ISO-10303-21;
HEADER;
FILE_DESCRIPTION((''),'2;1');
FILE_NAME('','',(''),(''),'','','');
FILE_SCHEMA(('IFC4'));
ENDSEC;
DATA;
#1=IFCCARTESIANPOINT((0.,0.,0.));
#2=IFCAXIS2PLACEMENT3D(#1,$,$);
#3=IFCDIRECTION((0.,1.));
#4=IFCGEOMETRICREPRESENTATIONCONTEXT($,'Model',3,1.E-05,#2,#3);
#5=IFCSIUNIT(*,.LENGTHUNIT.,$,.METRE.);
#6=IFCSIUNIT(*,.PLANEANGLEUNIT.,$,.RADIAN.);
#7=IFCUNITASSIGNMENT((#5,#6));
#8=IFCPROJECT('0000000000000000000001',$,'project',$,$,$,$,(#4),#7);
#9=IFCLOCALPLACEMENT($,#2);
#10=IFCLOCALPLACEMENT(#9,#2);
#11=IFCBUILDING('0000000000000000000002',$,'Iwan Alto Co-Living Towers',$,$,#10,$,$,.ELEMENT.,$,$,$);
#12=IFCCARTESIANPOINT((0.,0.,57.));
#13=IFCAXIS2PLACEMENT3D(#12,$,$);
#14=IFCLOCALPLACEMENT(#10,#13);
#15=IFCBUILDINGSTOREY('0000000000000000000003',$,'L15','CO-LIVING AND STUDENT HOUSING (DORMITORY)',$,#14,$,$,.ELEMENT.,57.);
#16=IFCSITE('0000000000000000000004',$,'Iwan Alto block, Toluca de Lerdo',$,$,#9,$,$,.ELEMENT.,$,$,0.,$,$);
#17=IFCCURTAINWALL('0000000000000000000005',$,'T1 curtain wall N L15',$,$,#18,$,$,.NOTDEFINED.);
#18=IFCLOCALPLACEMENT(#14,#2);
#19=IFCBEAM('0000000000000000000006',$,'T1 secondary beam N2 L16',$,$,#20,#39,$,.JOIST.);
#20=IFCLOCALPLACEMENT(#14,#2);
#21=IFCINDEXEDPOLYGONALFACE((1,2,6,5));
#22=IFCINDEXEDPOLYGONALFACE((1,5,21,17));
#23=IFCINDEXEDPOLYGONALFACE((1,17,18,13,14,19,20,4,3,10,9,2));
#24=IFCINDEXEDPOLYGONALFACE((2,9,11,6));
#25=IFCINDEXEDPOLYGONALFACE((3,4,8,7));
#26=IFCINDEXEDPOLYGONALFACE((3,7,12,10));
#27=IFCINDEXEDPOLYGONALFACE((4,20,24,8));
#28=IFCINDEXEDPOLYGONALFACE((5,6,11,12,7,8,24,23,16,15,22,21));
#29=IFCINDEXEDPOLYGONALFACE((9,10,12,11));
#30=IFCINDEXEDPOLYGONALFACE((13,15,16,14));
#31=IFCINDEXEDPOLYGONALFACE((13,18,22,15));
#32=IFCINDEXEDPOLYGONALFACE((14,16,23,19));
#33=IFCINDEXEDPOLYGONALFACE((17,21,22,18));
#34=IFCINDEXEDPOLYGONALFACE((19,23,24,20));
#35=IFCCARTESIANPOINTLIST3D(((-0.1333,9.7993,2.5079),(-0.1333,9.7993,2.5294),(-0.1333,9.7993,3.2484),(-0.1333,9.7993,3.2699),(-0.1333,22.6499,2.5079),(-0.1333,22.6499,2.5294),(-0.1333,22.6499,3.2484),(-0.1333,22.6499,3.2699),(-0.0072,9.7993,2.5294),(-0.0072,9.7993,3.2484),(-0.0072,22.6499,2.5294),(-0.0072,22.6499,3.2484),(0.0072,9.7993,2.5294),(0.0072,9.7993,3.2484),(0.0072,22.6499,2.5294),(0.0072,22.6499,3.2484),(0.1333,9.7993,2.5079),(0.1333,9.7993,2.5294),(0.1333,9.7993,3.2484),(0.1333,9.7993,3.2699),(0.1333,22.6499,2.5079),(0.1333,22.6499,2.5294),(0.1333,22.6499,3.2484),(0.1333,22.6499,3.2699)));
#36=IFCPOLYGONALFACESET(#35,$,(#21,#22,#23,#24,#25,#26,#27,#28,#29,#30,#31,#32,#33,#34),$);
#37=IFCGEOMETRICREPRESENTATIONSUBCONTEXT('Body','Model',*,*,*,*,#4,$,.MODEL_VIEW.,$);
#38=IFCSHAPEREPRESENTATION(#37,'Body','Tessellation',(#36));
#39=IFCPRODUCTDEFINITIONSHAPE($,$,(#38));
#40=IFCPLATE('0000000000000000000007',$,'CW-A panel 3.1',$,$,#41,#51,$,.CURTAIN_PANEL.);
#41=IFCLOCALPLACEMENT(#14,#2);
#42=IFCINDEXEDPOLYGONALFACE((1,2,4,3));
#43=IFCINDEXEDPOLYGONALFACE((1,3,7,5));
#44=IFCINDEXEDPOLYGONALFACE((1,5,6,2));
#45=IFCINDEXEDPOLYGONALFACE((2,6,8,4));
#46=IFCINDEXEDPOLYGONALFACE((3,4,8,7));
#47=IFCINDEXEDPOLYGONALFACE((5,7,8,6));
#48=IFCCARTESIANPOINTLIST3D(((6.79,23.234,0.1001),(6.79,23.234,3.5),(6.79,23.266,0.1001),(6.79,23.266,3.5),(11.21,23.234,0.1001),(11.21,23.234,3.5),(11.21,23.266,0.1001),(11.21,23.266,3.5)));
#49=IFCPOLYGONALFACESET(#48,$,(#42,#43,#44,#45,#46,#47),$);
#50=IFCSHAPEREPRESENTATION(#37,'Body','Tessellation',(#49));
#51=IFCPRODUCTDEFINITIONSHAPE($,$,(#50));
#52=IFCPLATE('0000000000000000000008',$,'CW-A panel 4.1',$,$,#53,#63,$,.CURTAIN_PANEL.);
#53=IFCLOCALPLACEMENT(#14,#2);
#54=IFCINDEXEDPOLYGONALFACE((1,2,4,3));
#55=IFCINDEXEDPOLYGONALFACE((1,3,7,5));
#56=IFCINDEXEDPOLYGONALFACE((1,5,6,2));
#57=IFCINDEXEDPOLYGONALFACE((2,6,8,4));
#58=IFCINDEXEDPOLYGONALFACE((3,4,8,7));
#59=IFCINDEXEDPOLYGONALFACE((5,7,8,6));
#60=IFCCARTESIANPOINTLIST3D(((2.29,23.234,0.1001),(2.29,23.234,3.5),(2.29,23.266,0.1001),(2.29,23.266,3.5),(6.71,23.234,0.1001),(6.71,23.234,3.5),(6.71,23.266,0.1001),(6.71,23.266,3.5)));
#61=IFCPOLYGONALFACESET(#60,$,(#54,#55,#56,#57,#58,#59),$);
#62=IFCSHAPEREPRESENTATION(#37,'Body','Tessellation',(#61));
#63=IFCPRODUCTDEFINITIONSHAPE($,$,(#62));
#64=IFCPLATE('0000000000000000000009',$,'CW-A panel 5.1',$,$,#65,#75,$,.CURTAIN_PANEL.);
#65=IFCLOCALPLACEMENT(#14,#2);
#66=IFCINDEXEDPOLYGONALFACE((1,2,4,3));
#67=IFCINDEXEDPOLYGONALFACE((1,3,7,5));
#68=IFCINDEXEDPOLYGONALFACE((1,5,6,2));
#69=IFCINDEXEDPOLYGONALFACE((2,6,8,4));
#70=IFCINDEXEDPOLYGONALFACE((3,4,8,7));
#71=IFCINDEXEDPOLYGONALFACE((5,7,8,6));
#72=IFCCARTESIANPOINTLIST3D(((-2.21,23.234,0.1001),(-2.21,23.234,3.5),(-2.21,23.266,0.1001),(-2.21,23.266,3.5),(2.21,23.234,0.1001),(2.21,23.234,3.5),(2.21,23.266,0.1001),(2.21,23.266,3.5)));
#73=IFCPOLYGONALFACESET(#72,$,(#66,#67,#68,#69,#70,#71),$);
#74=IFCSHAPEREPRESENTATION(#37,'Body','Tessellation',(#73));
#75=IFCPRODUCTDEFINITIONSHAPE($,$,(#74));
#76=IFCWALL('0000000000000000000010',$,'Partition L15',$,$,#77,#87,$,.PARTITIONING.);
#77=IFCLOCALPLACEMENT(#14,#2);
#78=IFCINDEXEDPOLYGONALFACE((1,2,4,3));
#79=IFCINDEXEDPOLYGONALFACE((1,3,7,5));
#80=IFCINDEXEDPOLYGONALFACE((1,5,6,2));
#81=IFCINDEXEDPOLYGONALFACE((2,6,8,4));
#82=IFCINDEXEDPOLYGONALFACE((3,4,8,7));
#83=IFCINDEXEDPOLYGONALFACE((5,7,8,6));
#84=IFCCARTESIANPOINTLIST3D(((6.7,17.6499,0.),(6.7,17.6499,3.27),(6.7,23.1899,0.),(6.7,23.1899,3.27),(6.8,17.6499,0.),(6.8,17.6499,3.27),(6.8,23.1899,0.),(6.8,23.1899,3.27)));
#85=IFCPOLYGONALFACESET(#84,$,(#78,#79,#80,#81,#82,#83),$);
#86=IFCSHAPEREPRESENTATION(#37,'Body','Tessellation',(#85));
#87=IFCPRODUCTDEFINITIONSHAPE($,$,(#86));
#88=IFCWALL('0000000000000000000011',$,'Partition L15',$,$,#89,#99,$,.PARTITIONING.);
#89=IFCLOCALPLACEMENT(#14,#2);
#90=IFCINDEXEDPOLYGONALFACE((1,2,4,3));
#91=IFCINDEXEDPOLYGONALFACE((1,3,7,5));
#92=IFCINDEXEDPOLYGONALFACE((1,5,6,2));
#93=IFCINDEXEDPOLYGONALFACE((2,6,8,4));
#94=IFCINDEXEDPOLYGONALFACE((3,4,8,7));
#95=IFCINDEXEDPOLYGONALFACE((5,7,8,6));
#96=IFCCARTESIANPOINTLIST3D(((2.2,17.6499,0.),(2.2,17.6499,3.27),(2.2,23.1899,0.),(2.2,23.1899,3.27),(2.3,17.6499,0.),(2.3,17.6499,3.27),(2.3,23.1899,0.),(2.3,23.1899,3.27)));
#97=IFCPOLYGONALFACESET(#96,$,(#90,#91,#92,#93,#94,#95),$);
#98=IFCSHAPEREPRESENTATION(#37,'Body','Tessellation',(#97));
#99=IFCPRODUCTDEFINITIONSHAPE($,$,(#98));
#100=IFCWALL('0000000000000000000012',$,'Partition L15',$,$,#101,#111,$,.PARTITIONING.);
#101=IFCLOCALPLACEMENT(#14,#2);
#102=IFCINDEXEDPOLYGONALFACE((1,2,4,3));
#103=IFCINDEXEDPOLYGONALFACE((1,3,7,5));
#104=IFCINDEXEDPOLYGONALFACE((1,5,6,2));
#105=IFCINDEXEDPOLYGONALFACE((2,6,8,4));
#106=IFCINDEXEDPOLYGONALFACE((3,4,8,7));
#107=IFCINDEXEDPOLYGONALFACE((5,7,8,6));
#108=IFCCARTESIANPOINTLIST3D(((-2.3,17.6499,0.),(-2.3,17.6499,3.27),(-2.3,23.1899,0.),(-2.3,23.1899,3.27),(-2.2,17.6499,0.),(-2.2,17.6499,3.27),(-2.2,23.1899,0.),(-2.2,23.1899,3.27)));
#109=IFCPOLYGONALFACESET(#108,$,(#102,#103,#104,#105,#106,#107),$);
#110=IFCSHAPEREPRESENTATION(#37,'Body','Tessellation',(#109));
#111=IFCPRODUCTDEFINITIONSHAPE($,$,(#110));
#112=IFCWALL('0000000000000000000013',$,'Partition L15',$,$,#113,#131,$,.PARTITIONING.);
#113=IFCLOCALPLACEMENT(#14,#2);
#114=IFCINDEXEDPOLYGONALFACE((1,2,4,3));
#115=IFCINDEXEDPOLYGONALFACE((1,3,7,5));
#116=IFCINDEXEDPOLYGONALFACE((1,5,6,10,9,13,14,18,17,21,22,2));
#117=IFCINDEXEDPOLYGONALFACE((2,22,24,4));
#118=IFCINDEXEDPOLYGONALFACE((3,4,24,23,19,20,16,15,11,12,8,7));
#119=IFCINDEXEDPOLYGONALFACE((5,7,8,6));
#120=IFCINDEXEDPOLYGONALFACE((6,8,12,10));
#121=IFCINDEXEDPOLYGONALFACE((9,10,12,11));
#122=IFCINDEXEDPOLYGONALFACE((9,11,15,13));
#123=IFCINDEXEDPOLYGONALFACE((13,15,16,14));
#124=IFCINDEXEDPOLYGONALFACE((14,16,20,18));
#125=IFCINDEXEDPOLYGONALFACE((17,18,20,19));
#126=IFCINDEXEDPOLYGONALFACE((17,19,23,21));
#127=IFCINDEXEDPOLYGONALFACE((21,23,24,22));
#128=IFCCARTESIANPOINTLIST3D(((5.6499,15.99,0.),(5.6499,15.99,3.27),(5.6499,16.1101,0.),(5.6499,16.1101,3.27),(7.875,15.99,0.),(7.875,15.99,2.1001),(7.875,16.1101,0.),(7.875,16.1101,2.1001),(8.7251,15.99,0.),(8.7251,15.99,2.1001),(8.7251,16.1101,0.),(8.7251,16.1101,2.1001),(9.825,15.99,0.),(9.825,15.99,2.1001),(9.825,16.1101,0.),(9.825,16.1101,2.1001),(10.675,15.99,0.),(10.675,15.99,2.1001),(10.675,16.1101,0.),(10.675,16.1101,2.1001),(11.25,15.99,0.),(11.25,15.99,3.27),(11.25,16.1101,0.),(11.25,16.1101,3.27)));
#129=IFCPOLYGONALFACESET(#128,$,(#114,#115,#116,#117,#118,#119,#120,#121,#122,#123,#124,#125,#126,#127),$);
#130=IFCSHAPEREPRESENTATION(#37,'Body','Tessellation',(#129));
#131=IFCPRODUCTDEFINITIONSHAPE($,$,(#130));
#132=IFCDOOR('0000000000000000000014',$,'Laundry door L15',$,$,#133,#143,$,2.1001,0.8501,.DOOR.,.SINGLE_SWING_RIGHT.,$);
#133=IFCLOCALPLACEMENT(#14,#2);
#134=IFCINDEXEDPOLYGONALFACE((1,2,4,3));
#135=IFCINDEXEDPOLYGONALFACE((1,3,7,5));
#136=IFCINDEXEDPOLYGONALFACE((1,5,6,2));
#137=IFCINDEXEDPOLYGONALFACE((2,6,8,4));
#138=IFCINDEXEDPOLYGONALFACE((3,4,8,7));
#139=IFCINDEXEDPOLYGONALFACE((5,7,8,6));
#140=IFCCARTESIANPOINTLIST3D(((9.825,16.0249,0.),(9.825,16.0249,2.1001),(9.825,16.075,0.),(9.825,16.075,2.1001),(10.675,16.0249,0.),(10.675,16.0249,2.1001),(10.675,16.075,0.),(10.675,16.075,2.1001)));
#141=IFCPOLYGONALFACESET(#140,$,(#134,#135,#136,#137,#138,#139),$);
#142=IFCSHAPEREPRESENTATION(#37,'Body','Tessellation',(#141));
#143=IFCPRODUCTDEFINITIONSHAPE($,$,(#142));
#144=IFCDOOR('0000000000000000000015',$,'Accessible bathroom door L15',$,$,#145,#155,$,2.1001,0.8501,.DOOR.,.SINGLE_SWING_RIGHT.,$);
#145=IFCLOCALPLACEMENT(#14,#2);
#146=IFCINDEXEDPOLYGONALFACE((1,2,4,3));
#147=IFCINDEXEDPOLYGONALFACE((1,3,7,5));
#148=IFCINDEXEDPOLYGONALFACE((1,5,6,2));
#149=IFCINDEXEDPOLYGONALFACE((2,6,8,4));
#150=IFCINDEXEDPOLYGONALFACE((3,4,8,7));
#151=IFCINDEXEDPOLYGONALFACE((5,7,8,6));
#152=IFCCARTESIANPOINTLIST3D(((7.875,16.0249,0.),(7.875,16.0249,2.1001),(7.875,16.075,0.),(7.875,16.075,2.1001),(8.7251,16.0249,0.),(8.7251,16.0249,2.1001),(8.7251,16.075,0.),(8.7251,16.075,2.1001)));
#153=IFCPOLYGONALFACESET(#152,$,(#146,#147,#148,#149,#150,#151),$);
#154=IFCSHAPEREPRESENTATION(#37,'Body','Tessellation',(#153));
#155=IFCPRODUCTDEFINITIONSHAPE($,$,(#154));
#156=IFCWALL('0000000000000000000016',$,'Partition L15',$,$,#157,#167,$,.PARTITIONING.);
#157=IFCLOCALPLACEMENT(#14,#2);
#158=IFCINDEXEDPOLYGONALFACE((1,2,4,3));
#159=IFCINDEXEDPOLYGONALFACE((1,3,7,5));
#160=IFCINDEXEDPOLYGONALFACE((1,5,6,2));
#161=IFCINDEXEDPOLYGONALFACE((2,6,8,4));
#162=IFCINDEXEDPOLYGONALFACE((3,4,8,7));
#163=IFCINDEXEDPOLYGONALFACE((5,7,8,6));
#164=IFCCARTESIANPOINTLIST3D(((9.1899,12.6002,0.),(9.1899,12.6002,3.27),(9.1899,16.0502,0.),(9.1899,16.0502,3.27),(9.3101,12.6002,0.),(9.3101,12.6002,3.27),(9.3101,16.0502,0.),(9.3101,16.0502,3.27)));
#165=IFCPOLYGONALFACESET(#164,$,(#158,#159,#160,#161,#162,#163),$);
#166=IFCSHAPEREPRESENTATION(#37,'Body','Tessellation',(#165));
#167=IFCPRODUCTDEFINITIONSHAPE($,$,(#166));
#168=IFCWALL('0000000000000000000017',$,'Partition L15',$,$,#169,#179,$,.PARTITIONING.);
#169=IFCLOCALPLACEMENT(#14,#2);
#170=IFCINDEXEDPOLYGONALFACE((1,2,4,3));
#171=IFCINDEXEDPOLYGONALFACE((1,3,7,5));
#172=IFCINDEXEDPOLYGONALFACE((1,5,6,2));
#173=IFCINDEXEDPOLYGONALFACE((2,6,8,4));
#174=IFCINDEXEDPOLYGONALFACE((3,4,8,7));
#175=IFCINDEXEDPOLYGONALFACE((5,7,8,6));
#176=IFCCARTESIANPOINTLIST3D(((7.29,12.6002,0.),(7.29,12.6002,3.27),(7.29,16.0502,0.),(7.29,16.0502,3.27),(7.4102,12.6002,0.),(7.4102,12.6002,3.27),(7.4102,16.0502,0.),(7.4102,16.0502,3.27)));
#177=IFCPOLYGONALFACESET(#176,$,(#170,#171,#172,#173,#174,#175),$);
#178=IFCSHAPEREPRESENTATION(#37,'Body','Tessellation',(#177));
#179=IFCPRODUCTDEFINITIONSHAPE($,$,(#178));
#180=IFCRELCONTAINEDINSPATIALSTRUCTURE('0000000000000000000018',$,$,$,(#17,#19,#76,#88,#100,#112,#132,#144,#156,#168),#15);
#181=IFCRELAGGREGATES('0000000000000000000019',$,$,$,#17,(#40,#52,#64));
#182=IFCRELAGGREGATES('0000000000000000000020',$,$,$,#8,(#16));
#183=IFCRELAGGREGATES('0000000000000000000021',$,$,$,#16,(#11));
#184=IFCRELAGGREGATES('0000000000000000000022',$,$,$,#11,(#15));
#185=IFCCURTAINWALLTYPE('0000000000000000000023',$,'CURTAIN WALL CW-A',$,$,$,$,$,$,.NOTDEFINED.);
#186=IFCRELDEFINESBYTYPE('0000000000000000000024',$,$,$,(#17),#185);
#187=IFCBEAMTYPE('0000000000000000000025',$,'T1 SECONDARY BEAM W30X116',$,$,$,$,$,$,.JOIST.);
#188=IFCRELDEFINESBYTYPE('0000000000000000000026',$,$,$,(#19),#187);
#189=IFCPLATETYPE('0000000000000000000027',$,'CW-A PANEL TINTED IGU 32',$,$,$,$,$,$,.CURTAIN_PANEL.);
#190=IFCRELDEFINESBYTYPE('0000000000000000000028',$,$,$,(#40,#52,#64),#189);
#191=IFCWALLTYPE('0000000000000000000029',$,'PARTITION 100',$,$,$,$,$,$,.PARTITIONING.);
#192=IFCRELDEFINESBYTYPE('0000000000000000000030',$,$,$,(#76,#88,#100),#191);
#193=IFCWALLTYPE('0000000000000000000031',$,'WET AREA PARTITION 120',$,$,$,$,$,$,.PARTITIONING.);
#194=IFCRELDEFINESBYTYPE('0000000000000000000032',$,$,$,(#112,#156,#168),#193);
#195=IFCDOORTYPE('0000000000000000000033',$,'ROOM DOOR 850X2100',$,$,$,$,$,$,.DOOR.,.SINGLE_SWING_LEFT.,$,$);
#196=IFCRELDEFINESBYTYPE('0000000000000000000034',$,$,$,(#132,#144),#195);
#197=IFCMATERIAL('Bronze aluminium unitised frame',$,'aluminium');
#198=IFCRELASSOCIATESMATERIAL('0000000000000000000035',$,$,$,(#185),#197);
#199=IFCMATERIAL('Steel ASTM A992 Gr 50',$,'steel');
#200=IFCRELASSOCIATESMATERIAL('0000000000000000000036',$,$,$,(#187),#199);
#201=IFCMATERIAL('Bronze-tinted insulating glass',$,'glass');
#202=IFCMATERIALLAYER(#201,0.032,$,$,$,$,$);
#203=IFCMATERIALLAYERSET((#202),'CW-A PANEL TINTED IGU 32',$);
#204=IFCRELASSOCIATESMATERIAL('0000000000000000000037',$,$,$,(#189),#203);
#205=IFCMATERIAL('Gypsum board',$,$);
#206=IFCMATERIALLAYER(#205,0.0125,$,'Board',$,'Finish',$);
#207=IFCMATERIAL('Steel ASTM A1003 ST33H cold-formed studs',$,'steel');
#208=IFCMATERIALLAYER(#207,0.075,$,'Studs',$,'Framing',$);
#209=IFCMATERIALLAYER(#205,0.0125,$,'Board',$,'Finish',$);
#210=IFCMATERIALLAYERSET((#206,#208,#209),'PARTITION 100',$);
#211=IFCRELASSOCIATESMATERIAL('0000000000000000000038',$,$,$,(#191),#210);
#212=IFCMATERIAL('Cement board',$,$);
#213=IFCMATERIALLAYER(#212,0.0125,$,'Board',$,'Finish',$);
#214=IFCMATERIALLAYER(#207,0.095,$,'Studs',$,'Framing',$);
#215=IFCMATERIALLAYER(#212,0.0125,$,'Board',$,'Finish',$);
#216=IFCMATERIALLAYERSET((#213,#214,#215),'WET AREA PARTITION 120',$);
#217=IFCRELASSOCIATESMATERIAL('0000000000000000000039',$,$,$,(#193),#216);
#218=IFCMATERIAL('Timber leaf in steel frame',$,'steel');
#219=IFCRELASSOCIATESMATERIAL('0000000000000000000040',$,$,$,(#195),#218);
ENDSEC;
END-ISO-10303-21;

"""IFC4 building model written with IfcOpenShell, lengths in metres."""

from ifc_helpers import new_model, si_unit, direction, frame, frame_2d, origin, origin_2d, place, context, subcontext, project, spatial, rectangle, i_section, extrude, material, layer, layer_set, material_profile, profile_set, type_object, element, fill, aggregate, save


model = new_model("IFC4")

# Units and contexts
model_context = context("Model", 3, precision=1e-05, world=origin(), true_north=direction((0.0, 1.0)))
body_context = subcontext(model_context, "Body", "Model", "MODEL_VIEW")
ifc_project = project(units=[si_unit("LENGTHUNIT", "METRE"), si_unit("PLANEANGLEUNIT", "RADIAN")], contexts=[model_context])

# Site, building, storey
site_placement = place(None, origin())
site = spatial("IfcSite", under=ifc_project, at=site_placement, Name="Iwan Alto block, Toluca de Lerdo", CompositionType="ELEMENT", RefElevation=0.0)
building_placement = place(site_placement, origin())
building = spatial("IfcBuilding", under=site, at=building_placement, Name="Iwan Alto Co-Living Towers", CompositionType="ELEMENT")
storey_placement = place(building_placement, frame((0.0, 0.0, 57.0)))
storey = spatial("IfcBuildingStorey", under=building, at=storey_placement, Name="L15", Description="CO-LIVING AND STUDENT HOUSING (DORMITORY)", CompositionType="ELEMENT", Elevation=57.0)

# Curtain wall
ifc_material_1 = material(Name="Bronze aluminium unitised frame", Category="aluminium")
curtain_wall_type = type_object("IfcCurtainWallType", Name="CURTAIN WALL CW-A", PredefinedType="NOTDEFINED", material=ifc_material_1)
curtain_wall_placement = place(storey_placement, origin())
curtain_wall = element("IfcCurtainWall", 1, at=curtain_wall_placement, inside=storey, type_object=curtain_wall_type, Name="T1 curtain wall N L15", PredefinedType="NOTDEFINED")

# Beam
ifc_material_2 = material(Name="Steel ASTM A992 Gr 50", Category="steel")
ifc_material_profile_1 = material_profile(ifc_material_2, i_section(OverallWidth=0.2666, OverallDepth=0.762, WebThickness=0.0144, FlangeThickness=0.0215, at=origin_2d()), Name="W30X116")
ifc_profile_set_1 = profile_set([ifc_material_profile_1], Name="Steel ASTM A992 Gr 50")
beam_type_1 = type_object("IfcBeamType", Name="T1 SECONDARY BEAM W30X116", PredefinedType="JOIST", material=ifc_profile_set_1)
for number, where, z_axis, x_axis, name in (
    (2, (0.0, 22.6499, 2.8889), (0.0, -1.0, 0.0), (1.0, 0.0, 0.0), "T1 secondary beam N2 L16"),
):
    element("IfcBeam", number, at=place(storey_placement, frame(where, z_axis=z_axis, x_axis=x_axis)), inside=storey, type_object=beam_type_1, Name=name, PredefinedType="JOIST", context=body_context, shape_type="SweptSolid", body=[
        extrude(i_section(OverallWidth=0.2666, OverallDepth=0.762, WebThickness=0.0144, FlangeThickness=0.0215, at=origin_2d()), origin(), (0.0, 0.0, 1.0), 12.8506),
    ])

# Plates
ifc_material_3 = material(Name="Bronze-tinted insulating glass", Category="glass")
ifc_layer_1 = layer(ifc_material_3, 0.032)
ifc_layer_set_1 = layer_set([ifc_layer_1], Name="CW-A PANEL TINTED IGU 32")
plate_type = type_object("IfcPlateType", Name="CW-A PANEL TINTED IGU 32", PredefinedType="CURTAIN_PANEL", material=ifc_layer_set_1)
plate_1_placement = place(storey_placement, frame((9.0, 23.25, 0.1001), z_axis=(0.0, 0.0, 1.0), x_axis=(-1.0, 0.0, 0.0)))
plate_1 = element("IfcPlate", 3, at=plate_1_placement, type_object=plate_type, Name="CW-A panel 3.1", PredefinedType="CURTAIN_PANEL", context=body_context, shape_type="SweptSolid", body=[
    extrude(rectangle(XDim=4.4199, YDim=0.032, at=origin_2d()), origin(), (0.0, 0.0, 1.0), 3.3999),
])
plate_2_placement = place(storey_placement, frame((4.5, 23.25, 0.1001), z_axis=(0.0, 0.0, 1.0), x_axis=(-1.0, 0.0, 0.0)))
plate_2 = element("IfcPlate", 4, at=plate_2_placement, type_object=plate_type, Name="CW-A panel 4.1", PredefinedType="CURTAIN_PANEL", context=body_context, shape_type="SweptSolid", body=[
    extrude(rectangle(XDim=4.4199, YDim=0.032, at=origin_2d()), origin(), (0.0, 0.0, 1.0), 3.3999),
])
plate_3_placement = place(storey_placement, frame((0.0, 23.25, 0.1001), z_axis=(0.0, 0.0, 1.0), x_axis=(-1.0, 0.0, 0.0)))
plate_3 = element("IfcPlate", 5, at=plate_3_placement, type_object=plate_type, Name="CW-A panel 5.1", PredefinedType="CURTAIN_PANEL", context=body_context, shape_type="SweptSolid", body=[
    extrude(rectangle(XDim=4.4199, YDim=0.032, at=origin_2d()), origin(), (0.0, 0.0, 1.0), 3.3999),
])
aggregate(curtain_wall, [plate_1, plate_2, plate_3])

# Walls
ifc_material_4 = material(Name="Gypsum board")
ifc_layer_2 = layer(ifc_material_4, 0.0125, Name="Board", Category="Finish")
ifc_material_5 = material(Name="Steel ASTM A1003 ST33H cold-formed studs", Category="steel")
ifc_layer_3 = layer(ifc_material_5, 0.075, Name="Studs", Category="Framing")
ifc_layer_4 = layer(ifc_material_4, 0.0125, Name="Board", Category="Finish")
ifc_layer_set_2 = layer_set([ifc_layer_2, ifc_layer_3, ifc_layer_4], Name="PARTITION 100")
wall_type_1 = type_object("IfcWallType", Name="PARTITION 100", PredefinedType="PARTITIONING", material=ifc_layer_set_2)
for number, where, z_axis, x_axis, name in (
    (6, (6.75, 17.6499, 0.0), (0.0, 0.0, 1.0), (0.0, 1.0, 0.0), "Partition L15"),
    (7, (2.25, 17.6499, 0.0), (0.0, 0.0, 1.0), (0.0, 1.0, 0.0), "Partition L15"),
    (8, (-2.25, 17.6499, 0.0), (0.0, 0.0, 1.0), (0.0, 1.0, 0.0), "Partition L15"),
):
    element("IfcWall", number, at=place(storey_placement, frame(where, z_axis=z_axis, x_axis=x_axis)), inside=storey, type_object=wall_type_1, Name=name, PredefinedType="PARTITIONING", context=body_context, shape_type="SweptSolid", body=[
        extrude(rectangle(XDim=5.54, YDim=0.1001, at=frame_2d((2.77, 0.0))), origin(), (0.0, 0.0, 1.0), 3.27),
    ])

# Wall, openings, doors
ifc_material_6 = material(Name="Cement board")
ifc_layer_5 = layer(ifc_material_6, 0.0125, Name="Board", Category="Finish")
ifc_layer_6 = layer(ifc_material_5, 0.095, Name="Studs", Category="Framing")
ifc_layer_7 = layer(ifc_material_6, 0.0125, Name="Board", Category="Finish")
ifc_layer_set_3 = layer_set([ifc_layer_5, ifc_layer_6, ifc_layer_7], Name="WET AREA PARTITION 120")
wall_type_2 = type_object("IfcWallType", Name="WET AREA PARTITION 120", PredefinedType="PARTITIONING", material=ifc_layer_set_3)
wall_1_placement = place(storey_placement, frame((5.6499, 16.05, 0.0), z_axis=(0.0, 0.0, 1.0), x_axis=(1.0, 0.0, 0.0)))
wall_1 = element("IfcWall", 9, at=wall_1_placement, inside=storey, type_object=wall_type_2, Name="Partition L15", PredefinedType="PARTITIONING", context=body_context, shape_type="SweptSolid", body=[
    extrude(rectangle(XDim=5.6001, YDim=0.1201, at=frame_2d((2.8, 0.0))), origin(), (0.0, 0.0, 1.0), 3.27),
])
opening_1_placement = place(wall_1_placement, frame((4.175, 0.0, 0.0)))
opening_1 = element("IfcOpeningElement", 10, at=opening_1_placement, cuts=wall_1, PredefinedType="OPENING", context=body_context, shape_type="SweptSolid", body=[
    extrude(rectangle(XDim=0.8501, YDim=2.1001, at=frame_2d((0.425, 1.05))), frame((0.0, 0.0701, 0.0), z_axis=(0.0, -1.0, 0.0), x_axis=(1.0, 0.0, 0.0)), (0.0, 0.0, 1.0), 0.1401),
])
opening_2_placement = place(wall_1_placement, frame((2.2251, 0.0, 0.0)))
opening_2 = element("IfcOpeningElement", 11, at=opening_2_placement, cuts=wall_1, PredefinedType="OPENING", context=body_context, shape_type="SweptSolid", body=[
    extrude(rectangle(XDim=0.8501, YDim=2.1001, at=frame_2d((0.425, 1.05))), frame((0.0, 0.0701, 0.0), z_axis=(0.0, -1.0, 0.0), x_axis=(1.0, 0.0, 0.0)), (0.0, 0.0, 1.0), 0.1401),
])
ifc_material_7 = material(Name="Timber leaf in steel frame", Category="steel")
door_type = type_object("IfcDoorType", Name="ROOM DOOR 850X2100", OperationType="SINGLE_SWING_LEFT", PredefinedType="DOOR", material=ifc_material_7)
door_1_placement = place(opening_1_placement, origin())
door_1 = element("IfcDoor", 12, at=door_1_placement, inside=storey, type_object=door_type, Name="Laundry door L15", OperationType="SINGLE_SWING_RIGHT", OverallHeight=2.1001, OverallWidth=0.8501, PredefinedType="DOOR", context=body_context, shape_type="SweptSolid", body=[
    extrude(rectangle(XDim=0.8501, YDim=2.1001, at=frame_2d((0.425, 1.05))), frame((0.0, 0.0249, 0.0), z_axis=(0.0, -1.0, 0.0), x_axis=(1.0, 0.0, 0.0)), (0.0, 0.0, 1.0), 0.05),
])
fill(opening_1, door_1)
door_2_placement = place(opening_2_placement, origin())
door_2 = element("IfcDoor", 13, at=door_2_placement, inside=storey, type_object=door_type, Name="Accessible bathroom door L15", OperationType="SINGLE_SWING_RIGHT", OverallHeight=2.1001, OverallWidth=0.8501, PredefinedType="DOOR", context=body_context, shape_type="SweptSolid", body=[
    extrude(rectangle(XDim=0.8501, YDim=2.1001, at=frame_2d((0.425, 1.05))), frame((0.0, 0.0249, 0.0), z_axis=(0.0, -1.0, 0.0), x_axis=(1.0, 0.0, 0.0)), (0.0, 0.0, 1.0), 0.05),
])
fill(opening_2, door_2)

# Walls
for number, where, z_axis, x_axis, name in (
    (14, (9.25, 12.6001, 0.0), (0.0, 0.0, 1.0), (0.0, 1.0, 0.0), "Partition L15"),
    (15, (7.3501, 12.6001, 0.0), (0.0, 0.0, 1.0), (0.0, 1.0, 0.0), "Partition L15"),
):
    element("IfcWall", number, at=place(storey_placement, frame(where, z_axis=z_axis, x_axis=x_axis)), inside=storey, type_object=wall_type_2, Name=name, PredefinedType="PARTITIONING", context=body_context, shape_type="SweptSolid", body=[
        extrude(rectangle(XDim=3.45, YDim=0.1201, at=frame_2d((1.7251, 0.0))), origin(), (0.0, 0.0, 1.0), 3.27),
    ])

save(model, "model.ifc")
